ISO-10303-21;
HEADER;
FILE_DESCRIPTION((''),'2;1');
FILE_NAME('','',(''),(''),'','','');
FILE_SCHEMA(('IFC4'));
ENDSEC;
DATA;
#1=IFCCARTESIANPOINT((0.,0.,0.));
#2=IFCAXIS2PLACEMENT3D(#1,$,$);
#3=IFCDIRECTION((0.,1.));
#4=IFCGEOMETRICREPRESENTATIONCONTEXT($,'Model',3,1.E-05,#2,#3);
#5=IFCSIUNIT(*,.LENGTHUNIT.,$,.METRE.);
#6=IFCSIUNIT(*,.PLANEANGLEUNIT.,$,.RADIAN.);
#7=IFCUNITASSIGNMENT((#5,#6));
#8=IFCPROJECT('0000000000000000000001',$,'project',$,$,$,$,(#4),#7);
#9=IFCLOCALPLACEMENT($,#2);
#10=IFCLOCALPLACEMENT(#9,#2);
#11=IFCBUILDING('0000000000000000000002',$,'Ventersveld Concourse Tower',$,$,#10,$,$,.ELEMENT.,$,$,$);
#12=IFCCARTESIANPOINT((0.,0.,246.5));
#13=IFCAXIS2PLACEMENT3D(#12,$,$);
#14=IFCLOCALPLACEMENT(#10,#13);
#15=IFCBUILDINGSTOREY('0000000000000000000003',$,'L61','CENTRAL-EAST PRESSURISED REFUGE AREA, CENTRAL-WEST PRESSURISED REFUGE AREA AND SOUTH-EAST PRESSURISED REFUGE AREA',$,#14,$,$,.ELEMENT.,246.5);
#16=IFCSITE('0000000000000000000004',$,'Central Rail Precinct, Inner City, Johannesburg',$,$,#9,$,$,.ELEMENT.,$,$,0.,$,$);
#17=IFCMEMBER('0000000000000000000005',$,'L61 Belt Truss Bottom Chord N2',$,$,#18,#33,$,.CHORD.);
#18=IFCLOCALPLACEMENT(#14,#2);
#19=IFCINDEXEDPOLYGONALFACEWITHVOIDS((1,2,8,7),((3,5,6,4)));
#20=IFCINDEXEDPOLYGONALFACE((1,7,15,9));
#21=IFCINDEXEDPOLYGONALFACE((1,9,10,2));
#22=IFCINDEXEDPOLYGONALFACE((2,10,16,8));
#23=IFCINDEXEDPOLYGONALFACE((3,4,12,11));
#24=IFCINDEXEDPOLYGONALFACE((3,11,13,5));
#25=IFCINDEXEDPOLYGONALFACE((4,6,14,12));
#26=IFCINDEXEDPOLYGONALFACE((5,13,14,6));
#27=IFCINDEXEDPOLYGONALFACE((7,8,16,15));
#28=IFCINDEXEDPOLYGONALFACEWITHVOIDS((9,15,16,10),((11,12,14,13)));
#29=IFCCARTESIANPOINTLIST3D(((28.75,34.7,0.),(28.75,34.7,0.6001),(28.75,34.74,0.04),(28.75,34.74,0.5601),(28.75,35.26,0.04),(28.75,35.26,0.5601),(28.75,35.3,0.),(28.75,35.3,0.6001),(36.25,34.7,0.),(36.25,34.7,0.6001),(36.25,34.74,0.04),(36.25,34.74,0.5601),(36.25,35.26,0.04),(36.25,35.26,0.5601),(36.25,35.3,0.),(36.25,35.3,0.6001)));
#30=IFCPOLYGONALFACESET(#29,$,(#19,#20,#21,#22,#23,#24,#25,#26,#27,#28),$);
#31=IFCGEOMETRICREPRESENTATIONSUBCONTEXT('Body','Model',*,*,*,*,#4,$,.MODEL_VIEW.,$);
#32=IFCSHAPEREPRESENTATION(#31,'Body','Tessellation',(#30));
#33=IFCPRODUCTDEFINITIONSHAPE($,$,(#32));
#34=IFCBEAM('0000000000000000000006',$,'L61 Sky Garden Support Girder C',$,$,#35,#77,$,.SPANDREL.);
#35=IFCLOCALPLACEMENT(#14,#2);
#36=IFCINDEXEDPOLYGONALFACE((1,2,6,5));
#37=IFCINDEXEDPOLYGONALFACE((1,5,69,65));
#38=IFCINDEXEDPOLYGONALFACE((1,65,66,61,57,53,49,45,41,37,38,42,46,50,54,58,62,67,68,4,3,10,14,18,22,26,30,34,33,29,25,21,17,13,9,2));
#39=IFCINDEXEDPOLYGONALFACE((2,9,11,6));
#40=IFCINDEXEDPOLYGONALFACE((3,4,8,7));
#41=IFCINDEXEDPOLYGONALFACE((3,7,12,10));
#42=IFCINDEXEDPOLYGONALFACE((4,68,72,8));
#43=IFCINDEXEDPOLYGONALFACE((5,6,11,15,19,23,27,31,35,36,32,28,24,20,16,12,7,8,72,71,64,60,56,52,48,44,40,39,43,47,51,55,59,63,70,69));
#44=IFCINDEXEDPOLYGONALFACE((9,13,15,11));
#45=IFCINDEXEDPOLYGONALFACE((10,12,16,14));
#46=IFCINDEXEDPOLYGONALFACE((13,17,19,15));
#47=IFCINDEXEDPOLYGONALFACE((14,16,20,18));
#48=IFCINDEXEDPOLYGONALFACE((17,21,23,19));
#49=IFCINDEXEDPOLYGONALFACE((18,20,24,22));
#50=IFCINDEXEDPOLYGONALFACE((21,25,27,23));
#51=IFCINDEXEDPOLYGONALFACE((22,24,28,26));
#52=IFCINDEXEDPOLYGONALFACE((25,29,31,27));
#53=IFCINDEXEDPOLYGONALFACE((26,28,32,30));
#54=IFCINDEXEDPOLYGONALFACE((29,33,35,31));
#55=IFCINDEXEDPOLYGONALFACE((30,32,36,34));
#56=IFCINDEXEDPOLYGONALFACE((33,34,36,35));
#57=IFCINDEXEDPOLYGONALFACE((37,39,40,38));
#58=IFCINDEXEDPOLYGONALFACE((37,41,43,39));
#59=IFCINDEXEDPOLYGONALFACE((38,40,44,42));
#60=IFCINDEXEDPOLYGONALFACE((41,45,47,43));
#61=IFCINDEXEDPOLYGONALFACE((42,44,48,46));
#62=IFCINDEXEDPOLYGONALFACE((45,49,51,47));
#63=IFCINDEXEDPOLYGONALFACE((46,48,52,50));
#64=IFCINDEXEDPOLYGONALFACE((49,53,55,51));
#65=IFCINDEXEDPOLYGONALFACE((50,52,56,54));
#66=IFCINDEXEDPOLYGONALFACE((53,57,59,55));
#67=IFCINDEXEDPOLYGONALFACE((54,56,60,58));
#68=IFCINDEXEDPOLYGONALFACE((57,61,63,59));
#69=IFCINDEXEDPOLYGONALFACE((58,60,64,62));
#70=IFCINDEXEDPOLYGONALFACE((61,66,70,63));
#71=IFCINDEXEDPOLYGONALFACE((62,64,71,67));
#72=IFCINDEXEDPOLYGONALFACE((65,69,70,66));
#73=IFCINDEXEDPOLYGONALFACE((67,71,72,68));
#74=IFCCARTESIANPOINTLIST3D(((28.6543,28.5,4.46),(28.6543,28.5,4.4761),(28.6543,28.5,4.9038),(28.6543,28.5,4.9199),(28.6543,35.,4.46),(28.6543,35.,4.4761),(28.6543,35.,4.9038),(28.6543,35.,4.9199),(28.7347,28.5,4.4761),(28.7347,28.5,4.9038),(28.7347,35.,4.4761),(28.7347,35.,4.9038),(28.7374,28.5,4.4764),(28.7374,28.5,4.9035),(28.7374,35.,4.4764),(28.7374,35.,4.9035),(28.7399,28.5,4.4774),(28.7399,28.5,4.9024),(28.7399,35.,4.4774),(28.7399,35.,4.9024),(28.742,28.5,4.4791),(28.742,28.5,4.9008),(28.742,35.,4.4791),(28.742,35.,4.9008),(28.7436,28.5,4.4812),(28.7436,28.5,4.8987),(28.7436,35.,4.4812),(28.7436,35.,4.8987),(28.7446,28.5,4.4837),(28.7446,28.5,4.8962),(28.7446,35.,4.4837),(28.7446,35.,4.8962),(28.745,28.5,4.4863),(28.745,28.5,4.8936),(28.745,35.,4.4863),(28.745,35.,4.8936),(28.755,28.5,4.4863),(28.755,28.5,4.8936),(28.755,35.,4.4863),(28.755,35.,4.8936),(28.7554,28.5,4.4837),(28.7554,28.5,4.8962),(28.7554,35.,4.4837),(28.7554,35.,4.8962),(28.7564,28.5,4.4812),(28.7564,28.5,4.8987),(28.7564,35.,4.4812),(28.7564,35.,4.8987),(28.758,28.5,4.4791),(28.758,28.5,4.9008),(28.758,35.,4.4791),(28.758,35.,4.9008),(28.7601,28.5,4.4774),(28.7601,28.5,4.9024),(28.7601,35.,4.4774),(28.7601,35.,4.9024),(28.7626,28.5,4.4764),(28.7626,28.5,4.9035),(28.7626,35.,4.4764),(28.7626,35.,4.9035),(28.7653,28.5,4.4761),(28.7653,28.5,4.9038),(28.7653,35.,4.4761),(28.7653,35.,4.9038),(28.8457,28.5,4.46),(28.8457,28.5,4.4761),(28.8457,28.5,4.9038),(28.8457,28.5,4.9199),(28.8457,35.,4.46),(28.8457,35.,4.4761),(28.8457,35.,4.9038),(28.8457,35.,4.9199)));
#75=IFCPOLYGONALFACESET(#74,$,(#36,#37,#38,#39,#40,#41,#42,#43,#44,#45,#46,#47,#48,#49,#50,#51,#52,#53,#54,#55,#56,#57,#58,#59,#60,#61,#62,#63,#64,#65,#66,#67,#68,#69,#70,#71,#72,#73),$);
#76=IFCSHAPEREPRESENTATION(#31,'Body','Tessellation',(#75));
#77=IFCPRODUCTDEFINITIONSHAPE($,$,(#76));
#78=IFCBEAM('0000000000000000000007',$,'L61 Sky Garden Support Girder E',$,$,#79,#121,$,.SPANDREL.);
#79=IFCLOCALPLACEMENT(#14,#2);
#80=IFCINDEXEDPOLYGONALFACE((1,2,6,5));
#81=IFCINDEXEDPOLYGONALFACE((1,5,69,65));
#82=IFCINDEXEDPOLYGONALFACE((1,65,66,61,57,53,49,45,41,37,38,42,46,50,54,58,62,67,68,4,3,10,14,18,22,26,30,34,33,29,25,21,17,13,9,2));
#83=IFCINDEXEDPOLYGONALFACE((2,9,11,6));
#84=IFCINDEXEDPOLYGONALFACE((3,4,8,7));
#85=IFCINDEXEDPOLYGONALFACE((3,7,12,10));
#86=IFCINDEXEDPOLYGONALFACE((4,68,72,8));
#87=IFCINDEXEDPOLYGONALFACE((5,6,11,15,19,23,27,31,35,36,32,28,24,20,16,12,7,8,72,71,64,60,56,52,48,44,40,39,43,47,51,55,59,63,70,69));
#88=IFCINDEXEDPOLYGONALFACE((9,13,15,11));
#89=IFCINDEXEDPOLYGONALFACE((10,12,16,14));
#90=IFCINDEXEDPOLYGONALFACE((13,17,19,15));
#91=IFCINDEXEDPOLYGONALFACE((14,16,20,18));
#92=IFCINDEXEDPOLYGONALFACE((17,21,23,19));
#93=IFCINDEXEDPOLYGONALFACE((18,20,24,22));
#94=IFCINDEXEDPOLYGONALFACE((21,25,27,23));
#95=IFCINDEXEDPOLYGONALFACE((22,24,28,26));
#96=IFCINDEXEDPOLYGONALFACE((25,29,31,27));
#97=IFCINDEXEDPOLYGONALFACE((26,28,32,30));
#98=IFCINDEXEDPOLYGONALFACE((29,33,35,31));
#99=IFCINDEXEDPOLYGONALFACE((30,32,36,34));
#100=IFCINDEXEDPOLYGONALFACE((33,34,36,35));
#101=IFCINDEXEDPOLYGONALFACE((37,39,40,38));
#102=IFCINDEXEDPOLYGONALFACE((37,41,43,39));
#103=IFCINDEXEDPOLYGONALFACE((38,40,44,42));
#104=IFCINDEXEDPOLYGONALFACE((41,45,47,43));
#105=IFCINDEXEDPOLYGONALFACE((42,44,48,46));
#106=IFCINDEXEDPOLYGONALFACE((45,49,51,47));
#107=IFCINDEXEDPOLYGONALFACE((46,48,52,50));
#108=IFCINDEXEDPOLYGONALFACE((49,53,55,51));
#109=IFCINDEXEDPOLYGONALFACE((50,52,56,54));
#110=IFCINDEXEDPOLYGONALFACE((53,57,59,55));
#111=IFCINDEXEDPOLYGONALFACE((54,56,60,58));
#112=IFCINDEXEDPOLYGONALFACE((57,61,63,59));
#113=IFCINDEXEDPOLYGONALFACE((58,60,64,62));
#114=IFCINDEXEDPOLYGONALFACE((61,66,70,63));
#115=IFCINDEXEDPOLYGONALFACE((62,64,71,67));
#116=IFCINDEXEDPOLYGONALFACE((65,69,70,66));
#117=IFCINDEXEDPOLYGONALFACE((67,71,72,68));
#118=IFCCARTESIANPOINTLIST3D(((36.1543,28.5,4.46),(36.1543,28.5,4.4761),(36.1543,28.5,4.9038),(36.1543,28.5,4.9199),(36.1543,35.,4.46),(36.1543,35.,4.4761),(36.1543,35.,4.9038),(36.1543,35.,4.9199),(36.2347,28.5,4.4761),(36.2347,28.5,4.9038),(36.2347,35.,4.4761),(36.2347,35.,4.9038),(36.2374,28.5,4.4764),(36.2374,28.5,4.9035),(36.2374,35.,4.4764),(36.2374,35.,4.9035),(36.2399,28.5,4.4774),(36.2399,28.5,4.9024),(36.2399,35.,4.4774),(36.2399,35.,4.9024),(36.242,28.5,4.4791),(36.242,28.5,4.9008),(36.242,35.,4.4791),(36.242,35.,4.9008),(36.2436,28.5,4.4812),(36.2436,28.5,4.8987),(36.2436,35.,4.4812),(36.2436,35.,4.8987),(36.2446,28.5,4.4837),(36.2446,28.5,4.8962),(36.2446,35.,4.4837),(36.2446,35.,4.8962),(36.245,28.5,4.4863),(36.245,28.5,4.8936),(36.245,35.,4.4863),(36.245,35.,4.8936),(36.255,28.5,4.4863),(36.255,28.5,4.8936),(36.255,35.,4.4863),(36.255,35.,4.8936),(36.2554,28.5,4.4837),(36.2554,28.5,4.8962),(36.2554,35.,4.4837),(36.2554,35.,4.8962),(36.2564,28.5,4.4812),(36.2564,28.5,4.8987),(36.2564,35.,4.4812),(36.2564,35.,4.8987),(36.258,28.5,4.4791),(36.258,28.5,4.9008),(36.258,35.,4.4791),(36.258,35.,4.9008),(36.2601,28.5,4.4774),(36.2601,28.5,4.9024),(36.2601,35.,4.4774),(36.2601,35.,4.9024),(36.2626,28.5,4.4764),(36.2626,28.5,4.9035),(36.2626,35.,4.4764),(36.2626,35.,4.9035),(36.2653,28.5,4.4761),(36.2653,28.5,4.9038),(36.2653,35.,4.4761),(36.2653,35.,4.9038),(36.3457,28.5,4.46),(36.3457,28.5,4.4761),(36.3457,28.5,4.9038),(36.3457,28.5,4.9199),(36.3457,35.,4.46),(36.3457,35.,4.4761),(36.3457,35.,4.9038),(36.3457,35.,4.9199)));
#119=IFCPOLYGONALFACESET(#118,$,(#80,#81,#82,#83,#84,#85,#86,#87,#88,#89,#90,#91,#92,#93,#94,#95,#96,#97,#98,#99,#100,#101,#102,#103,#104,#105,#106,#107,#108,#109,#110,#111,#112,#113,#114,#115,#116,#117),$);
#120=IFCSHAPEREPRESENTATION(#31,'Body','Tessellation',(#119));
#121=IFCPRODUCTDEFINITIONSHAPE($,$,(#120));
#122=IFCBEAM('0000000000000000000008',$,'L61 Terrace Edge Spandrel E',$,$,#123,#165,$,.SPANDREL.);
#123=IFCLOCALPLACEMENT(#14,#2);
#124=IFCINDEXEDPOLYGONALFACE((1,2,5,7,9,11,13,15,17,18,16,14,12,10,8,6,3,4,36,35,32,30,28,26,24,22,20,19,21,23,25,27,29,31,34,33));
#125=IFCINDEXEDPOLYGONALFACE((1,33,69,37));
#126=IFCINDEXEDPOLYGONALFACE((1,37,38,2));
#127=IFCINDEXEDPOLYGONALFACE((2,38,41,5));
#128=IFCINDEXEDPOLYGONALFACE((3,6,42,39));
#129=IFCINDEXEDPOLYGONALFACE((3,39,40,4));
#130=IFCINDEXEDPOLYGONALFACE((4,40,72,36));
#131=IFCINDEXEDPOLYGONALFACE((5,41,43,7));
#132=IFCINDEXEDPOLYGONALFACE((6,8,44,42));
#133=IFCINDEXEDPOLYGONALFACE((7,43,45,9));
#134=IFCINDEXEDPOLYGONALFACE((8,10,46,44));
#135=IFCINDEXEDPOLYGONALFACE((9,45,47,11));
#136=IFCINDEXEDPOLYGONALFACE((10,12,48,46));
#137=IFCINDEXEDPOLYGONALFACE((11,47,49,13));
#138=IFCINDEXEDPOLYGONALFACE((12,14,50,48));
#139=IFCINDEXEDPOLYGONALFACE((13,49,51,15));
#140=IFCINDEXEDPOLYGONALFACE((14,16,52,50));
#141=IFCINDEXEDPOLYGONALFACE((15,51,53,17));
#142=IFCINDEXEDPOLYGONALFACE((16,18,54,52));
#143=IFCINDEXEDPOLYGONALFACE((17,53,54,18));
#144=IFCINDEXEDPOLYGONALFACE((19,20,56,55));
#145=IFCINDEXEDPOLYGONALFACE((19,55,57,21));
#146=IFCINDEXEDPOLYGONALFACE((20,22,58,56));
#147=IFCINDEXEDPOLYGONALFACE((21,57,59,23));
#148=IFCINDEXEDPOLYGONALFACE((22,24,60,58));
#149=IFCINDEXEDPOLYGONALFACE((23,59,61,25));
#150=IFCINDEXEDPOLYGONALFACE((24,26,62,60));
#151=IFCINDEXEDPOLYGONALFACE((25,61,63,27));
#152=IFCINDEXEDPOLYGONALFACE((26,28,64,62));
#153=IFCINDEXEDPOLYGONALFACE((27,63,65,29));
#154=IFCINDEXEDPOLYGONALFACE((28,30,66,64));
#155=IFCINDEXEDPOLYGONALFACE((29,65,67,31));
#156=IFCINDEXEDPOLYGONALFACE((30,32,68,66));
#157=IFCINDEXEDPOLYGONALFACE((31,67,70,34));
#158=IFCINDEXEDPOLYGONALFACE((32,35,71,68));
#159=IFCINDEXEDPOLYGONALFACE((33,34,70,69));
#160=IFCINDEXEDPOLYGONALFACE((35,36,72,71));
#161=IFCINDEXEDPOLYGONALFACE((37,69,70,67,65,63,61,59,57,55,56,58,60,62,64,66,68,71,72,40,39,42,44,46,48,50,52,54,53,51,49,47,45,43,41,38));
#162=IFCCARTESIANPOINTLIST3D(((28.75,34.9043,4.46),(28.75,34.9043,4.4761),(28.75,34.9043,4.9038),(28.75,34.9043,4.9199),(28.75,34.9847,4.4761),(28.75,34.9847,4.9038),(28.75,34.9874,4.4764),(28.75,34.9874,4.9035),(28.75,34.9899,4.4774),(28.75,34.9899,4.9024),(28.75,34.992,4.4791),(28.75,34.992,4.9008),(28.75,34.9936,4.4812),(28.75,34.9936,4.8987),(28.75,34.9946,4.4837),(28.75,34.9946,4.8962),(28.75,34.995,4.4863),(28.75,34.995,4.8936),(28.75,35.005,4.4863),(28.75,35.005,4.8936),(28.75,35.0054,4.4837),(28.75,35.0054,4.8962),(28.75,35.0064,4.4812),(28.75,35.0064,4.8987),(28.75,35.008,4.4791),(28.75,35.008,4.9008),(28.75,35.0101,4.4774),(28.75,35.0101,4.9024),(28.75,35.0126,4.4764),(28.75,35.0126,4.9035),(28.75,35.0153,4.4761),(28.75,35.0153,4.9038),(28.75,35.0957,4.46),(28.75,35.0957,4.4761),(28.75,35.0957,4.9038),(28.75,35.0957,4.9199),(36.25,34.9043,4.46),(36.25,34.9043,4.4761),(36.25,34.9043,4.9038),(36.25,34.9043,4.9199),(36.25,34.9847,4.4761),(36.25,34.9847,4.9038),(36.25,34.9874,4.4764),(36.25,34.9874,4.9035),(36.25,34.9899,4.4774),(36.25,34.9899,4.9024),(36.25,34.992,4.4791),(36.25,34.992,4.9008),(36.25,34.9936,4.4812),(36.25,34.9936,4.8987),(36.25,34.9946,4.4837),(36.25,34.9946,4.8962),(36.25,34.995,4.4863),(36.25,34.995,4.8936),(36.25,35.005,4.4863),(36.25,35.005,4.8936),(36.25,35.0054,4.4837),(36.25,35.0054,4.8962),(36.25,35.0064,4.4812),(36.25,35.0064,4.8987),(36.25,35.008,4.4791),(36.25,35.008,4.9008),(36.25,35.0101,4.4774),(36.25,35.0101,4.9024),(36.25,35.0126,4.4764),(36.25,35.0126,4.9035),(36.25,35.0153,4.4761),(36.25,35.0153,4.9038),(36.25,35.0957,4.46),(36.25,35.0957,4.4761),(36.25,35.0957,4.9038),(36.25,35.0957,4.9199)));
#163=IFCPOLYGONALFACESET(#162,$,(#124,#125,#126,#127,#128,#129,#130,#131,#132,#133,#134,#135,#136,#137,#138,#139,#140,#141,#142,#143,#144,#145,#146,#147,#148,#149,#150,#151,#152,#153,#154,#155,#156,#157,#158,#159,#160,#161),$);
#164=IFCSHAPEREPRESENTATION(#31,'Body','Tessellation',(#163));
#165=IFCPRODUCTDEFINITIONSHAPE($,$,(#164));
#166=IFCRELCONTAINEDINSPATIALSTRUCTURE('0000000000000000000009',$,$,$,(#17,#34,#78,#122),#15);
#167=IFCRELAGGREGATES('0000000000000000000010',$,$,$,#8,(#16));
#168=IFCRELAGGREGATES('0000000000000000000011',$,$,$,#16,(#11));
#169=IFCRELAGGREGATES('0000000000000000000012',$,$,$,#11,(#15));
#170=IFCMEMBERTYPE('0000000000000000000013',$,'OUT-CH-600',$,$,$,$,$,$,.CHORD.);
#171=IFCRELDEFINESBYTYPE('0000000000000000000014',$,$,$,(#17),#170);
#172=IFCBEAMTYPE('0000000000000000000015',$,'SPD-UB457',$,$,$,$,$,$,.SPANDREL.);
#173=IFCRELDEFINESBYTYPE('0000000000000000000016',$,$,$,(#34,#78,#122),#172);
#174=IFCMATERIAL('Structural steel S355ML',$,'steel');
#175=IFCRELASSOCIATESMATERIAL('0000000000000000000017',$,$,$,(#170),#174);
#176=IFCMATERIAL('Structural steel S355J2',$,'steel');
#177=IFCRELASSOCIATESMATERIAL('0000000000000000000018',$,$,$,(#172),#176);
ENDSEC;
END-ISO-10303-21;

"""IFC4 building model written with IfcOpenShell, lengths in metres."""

from ifc_helpers import new_model, si_unit, direction, frame, origin, origin_2d, place, context, subcontext, project, spatial, hollow_rectangle, i_section, extrude, material, material_profile, profile_set, type_object, element, save


model = new_model("IFC4")

# Units and contexts
model_context = context("Model", 3, precision=1e-05, world=origin(), true_north=direction((0.0, 1.0)))
body_context = subcontext(model_context, "Body", "Model", "MODEL_VIEW")
ifc_project = project(units=[si_unit("LENGTHUNIT", "METRE"), si_unit("PLANEANGLEUNIT", "RADIAN")], contexts=[model_context])

# Site, building, storey
site_placement = place(None, origin())
site = spatial("IfcSite", under=ifc_project, at=site_placement, Name="Central Rail Precinct, Inner City, Johannesburg", CompositionType="ELEMENT", RefElevation=0.0)
building_placement = place(site_placement, origin())
building = spatial("IfcBuilding", under=site, at=building_placement, Name="Ventersveld Concourse Tower", CompositionType="ELEMENT")
storey_placement = place(building_placement, frame((0.0, 0.0, 246.5)))
storey = spatial("IfcBuildingStorey", under=building, at=storey_placement, Name="L61", Description="CENTRAL-EAST PRESSURISED REFUGE AREA, CENTRAL-WEST PRESSURISED REFUGE AREA AND SOUTH-EAST PRESSURISED REFUGE AREA", CompositionType="ELEMENT", Elevation=246.5)

# Shared definitions
ifc_material_1 = material(Name="Structural steel S355ML", Category="steel")

# Shared definitions
ifc_material_2 = material(Name="Structural steel S355J2", Category="steel")

# Member
ifc_material_profile_1 = material_profile(ifc_material_1, hollow_rectangle(XDim=0.6001, YDim=0.6001, WallThickness=0.04, at=origin_2d()), Name="BOX 600x600x40")
ifc_profile_set_1 = profile_set([ifc_material_profile_1], Name="Structural steel S355ML")
member_type_1 = type_object("IfcMemberType", Name="OUT-CH-600", PredefinedType="CHORD", material=ifc_profile_set_1)
member_1_placement = place(storey_placement, frame((28.75, 35.0, 0.3), z_axis=(1.0, 0.0, 0.0), x_axis=(0.0, 1.0, 0.0)))
element("IfcMember", 1, at=member_1_placement, inside=storey, type_object=member_type_1, Name="L61 Belt Truss Bottom Chord N2", PredefinedType="CHORD", context=body_context, shape_type="SweptSolid", body=[
    extrude(hollow_rectangle(XDim=0.6001, YDim=0.6001, WallThickness=0.04, at=origin_2d()), origin(), (0.0, 0.0, 1.0), 7.5),
])

# Beams
ifc_material_profile_2 = material_profile(ifc_material_2, i_section(OverallWidth=0.1914, OverallDepth=0.46, WebThickness=0.01, FlangeThickness=0.0161, FilletRadius=0.0103, at=origin_2d()), Name="UB 457x191x82")
ifc_profile_set_2 = profile_set([ifc_material_profile_2], Name="Structural steel S355J2")
beam_type_1 = type_object("IfcBeamType", Name="SPD-UB457", PredefinedType="SPANDREL", material=ifc_profile_set_2)
for number, where, z_axis, x_axis, name in (
    (2, (28.75, 28.5, 4.6899), (0.0, 1.0, 0.0), (-1.0, 0.0, 0.0), "L61 Sky Garden Support Girder C"),
    (3, (36.25, 28.5, 4.6899), (0.0, 1.0, 0.0), (-1.0, 0.0, 0.0), "L61 Sky Garden Support Girder E"),
):
    element("IfcBeam", number, at=place(storey_placement, frame(where, z_axis=z_axis, x_axis=x_axis)), inside=storey, type_object=beam_type_1, Name=name, PredefinedType="SPANDREL", context=body_context, shape_type="SweptSolid", body=[
        extrude(i_section(OverallWidth=0.1914, OverallDepth=0.46, WebThickness=0.01, FlangeThickness=0.0161, FilletRadius=0.0103, at=origin_2d()), origin(), (0.0, 0.0, 1.0), 6.5),
    ])
beam_placement = place(storey_placement, frame((28.75, 35.0, 4.6899), z_axis=(1.0, 0.0, 0.0), x_axis=(0.0, 1.0, 0.0)))
element("IfcBeam", 4, at=beam_placement, inside=storey, type_object=beam_type_1, Name="L61 Terrace Edge Spandrel E", PredefinedType="SPANDREL", context=body_context, shape_type="SweptSolid", body=[
    extrude(i_section(OverallWidth=0.1914, OverallDepth=0.46, WebThickness=0.01, FlangeThickness=0.0161, FilletRadius=0.0103, at=origin_2d()), origin(), (0.0, 0.0, 1.0), 7.5),
])

save(model, "model.ifc")
